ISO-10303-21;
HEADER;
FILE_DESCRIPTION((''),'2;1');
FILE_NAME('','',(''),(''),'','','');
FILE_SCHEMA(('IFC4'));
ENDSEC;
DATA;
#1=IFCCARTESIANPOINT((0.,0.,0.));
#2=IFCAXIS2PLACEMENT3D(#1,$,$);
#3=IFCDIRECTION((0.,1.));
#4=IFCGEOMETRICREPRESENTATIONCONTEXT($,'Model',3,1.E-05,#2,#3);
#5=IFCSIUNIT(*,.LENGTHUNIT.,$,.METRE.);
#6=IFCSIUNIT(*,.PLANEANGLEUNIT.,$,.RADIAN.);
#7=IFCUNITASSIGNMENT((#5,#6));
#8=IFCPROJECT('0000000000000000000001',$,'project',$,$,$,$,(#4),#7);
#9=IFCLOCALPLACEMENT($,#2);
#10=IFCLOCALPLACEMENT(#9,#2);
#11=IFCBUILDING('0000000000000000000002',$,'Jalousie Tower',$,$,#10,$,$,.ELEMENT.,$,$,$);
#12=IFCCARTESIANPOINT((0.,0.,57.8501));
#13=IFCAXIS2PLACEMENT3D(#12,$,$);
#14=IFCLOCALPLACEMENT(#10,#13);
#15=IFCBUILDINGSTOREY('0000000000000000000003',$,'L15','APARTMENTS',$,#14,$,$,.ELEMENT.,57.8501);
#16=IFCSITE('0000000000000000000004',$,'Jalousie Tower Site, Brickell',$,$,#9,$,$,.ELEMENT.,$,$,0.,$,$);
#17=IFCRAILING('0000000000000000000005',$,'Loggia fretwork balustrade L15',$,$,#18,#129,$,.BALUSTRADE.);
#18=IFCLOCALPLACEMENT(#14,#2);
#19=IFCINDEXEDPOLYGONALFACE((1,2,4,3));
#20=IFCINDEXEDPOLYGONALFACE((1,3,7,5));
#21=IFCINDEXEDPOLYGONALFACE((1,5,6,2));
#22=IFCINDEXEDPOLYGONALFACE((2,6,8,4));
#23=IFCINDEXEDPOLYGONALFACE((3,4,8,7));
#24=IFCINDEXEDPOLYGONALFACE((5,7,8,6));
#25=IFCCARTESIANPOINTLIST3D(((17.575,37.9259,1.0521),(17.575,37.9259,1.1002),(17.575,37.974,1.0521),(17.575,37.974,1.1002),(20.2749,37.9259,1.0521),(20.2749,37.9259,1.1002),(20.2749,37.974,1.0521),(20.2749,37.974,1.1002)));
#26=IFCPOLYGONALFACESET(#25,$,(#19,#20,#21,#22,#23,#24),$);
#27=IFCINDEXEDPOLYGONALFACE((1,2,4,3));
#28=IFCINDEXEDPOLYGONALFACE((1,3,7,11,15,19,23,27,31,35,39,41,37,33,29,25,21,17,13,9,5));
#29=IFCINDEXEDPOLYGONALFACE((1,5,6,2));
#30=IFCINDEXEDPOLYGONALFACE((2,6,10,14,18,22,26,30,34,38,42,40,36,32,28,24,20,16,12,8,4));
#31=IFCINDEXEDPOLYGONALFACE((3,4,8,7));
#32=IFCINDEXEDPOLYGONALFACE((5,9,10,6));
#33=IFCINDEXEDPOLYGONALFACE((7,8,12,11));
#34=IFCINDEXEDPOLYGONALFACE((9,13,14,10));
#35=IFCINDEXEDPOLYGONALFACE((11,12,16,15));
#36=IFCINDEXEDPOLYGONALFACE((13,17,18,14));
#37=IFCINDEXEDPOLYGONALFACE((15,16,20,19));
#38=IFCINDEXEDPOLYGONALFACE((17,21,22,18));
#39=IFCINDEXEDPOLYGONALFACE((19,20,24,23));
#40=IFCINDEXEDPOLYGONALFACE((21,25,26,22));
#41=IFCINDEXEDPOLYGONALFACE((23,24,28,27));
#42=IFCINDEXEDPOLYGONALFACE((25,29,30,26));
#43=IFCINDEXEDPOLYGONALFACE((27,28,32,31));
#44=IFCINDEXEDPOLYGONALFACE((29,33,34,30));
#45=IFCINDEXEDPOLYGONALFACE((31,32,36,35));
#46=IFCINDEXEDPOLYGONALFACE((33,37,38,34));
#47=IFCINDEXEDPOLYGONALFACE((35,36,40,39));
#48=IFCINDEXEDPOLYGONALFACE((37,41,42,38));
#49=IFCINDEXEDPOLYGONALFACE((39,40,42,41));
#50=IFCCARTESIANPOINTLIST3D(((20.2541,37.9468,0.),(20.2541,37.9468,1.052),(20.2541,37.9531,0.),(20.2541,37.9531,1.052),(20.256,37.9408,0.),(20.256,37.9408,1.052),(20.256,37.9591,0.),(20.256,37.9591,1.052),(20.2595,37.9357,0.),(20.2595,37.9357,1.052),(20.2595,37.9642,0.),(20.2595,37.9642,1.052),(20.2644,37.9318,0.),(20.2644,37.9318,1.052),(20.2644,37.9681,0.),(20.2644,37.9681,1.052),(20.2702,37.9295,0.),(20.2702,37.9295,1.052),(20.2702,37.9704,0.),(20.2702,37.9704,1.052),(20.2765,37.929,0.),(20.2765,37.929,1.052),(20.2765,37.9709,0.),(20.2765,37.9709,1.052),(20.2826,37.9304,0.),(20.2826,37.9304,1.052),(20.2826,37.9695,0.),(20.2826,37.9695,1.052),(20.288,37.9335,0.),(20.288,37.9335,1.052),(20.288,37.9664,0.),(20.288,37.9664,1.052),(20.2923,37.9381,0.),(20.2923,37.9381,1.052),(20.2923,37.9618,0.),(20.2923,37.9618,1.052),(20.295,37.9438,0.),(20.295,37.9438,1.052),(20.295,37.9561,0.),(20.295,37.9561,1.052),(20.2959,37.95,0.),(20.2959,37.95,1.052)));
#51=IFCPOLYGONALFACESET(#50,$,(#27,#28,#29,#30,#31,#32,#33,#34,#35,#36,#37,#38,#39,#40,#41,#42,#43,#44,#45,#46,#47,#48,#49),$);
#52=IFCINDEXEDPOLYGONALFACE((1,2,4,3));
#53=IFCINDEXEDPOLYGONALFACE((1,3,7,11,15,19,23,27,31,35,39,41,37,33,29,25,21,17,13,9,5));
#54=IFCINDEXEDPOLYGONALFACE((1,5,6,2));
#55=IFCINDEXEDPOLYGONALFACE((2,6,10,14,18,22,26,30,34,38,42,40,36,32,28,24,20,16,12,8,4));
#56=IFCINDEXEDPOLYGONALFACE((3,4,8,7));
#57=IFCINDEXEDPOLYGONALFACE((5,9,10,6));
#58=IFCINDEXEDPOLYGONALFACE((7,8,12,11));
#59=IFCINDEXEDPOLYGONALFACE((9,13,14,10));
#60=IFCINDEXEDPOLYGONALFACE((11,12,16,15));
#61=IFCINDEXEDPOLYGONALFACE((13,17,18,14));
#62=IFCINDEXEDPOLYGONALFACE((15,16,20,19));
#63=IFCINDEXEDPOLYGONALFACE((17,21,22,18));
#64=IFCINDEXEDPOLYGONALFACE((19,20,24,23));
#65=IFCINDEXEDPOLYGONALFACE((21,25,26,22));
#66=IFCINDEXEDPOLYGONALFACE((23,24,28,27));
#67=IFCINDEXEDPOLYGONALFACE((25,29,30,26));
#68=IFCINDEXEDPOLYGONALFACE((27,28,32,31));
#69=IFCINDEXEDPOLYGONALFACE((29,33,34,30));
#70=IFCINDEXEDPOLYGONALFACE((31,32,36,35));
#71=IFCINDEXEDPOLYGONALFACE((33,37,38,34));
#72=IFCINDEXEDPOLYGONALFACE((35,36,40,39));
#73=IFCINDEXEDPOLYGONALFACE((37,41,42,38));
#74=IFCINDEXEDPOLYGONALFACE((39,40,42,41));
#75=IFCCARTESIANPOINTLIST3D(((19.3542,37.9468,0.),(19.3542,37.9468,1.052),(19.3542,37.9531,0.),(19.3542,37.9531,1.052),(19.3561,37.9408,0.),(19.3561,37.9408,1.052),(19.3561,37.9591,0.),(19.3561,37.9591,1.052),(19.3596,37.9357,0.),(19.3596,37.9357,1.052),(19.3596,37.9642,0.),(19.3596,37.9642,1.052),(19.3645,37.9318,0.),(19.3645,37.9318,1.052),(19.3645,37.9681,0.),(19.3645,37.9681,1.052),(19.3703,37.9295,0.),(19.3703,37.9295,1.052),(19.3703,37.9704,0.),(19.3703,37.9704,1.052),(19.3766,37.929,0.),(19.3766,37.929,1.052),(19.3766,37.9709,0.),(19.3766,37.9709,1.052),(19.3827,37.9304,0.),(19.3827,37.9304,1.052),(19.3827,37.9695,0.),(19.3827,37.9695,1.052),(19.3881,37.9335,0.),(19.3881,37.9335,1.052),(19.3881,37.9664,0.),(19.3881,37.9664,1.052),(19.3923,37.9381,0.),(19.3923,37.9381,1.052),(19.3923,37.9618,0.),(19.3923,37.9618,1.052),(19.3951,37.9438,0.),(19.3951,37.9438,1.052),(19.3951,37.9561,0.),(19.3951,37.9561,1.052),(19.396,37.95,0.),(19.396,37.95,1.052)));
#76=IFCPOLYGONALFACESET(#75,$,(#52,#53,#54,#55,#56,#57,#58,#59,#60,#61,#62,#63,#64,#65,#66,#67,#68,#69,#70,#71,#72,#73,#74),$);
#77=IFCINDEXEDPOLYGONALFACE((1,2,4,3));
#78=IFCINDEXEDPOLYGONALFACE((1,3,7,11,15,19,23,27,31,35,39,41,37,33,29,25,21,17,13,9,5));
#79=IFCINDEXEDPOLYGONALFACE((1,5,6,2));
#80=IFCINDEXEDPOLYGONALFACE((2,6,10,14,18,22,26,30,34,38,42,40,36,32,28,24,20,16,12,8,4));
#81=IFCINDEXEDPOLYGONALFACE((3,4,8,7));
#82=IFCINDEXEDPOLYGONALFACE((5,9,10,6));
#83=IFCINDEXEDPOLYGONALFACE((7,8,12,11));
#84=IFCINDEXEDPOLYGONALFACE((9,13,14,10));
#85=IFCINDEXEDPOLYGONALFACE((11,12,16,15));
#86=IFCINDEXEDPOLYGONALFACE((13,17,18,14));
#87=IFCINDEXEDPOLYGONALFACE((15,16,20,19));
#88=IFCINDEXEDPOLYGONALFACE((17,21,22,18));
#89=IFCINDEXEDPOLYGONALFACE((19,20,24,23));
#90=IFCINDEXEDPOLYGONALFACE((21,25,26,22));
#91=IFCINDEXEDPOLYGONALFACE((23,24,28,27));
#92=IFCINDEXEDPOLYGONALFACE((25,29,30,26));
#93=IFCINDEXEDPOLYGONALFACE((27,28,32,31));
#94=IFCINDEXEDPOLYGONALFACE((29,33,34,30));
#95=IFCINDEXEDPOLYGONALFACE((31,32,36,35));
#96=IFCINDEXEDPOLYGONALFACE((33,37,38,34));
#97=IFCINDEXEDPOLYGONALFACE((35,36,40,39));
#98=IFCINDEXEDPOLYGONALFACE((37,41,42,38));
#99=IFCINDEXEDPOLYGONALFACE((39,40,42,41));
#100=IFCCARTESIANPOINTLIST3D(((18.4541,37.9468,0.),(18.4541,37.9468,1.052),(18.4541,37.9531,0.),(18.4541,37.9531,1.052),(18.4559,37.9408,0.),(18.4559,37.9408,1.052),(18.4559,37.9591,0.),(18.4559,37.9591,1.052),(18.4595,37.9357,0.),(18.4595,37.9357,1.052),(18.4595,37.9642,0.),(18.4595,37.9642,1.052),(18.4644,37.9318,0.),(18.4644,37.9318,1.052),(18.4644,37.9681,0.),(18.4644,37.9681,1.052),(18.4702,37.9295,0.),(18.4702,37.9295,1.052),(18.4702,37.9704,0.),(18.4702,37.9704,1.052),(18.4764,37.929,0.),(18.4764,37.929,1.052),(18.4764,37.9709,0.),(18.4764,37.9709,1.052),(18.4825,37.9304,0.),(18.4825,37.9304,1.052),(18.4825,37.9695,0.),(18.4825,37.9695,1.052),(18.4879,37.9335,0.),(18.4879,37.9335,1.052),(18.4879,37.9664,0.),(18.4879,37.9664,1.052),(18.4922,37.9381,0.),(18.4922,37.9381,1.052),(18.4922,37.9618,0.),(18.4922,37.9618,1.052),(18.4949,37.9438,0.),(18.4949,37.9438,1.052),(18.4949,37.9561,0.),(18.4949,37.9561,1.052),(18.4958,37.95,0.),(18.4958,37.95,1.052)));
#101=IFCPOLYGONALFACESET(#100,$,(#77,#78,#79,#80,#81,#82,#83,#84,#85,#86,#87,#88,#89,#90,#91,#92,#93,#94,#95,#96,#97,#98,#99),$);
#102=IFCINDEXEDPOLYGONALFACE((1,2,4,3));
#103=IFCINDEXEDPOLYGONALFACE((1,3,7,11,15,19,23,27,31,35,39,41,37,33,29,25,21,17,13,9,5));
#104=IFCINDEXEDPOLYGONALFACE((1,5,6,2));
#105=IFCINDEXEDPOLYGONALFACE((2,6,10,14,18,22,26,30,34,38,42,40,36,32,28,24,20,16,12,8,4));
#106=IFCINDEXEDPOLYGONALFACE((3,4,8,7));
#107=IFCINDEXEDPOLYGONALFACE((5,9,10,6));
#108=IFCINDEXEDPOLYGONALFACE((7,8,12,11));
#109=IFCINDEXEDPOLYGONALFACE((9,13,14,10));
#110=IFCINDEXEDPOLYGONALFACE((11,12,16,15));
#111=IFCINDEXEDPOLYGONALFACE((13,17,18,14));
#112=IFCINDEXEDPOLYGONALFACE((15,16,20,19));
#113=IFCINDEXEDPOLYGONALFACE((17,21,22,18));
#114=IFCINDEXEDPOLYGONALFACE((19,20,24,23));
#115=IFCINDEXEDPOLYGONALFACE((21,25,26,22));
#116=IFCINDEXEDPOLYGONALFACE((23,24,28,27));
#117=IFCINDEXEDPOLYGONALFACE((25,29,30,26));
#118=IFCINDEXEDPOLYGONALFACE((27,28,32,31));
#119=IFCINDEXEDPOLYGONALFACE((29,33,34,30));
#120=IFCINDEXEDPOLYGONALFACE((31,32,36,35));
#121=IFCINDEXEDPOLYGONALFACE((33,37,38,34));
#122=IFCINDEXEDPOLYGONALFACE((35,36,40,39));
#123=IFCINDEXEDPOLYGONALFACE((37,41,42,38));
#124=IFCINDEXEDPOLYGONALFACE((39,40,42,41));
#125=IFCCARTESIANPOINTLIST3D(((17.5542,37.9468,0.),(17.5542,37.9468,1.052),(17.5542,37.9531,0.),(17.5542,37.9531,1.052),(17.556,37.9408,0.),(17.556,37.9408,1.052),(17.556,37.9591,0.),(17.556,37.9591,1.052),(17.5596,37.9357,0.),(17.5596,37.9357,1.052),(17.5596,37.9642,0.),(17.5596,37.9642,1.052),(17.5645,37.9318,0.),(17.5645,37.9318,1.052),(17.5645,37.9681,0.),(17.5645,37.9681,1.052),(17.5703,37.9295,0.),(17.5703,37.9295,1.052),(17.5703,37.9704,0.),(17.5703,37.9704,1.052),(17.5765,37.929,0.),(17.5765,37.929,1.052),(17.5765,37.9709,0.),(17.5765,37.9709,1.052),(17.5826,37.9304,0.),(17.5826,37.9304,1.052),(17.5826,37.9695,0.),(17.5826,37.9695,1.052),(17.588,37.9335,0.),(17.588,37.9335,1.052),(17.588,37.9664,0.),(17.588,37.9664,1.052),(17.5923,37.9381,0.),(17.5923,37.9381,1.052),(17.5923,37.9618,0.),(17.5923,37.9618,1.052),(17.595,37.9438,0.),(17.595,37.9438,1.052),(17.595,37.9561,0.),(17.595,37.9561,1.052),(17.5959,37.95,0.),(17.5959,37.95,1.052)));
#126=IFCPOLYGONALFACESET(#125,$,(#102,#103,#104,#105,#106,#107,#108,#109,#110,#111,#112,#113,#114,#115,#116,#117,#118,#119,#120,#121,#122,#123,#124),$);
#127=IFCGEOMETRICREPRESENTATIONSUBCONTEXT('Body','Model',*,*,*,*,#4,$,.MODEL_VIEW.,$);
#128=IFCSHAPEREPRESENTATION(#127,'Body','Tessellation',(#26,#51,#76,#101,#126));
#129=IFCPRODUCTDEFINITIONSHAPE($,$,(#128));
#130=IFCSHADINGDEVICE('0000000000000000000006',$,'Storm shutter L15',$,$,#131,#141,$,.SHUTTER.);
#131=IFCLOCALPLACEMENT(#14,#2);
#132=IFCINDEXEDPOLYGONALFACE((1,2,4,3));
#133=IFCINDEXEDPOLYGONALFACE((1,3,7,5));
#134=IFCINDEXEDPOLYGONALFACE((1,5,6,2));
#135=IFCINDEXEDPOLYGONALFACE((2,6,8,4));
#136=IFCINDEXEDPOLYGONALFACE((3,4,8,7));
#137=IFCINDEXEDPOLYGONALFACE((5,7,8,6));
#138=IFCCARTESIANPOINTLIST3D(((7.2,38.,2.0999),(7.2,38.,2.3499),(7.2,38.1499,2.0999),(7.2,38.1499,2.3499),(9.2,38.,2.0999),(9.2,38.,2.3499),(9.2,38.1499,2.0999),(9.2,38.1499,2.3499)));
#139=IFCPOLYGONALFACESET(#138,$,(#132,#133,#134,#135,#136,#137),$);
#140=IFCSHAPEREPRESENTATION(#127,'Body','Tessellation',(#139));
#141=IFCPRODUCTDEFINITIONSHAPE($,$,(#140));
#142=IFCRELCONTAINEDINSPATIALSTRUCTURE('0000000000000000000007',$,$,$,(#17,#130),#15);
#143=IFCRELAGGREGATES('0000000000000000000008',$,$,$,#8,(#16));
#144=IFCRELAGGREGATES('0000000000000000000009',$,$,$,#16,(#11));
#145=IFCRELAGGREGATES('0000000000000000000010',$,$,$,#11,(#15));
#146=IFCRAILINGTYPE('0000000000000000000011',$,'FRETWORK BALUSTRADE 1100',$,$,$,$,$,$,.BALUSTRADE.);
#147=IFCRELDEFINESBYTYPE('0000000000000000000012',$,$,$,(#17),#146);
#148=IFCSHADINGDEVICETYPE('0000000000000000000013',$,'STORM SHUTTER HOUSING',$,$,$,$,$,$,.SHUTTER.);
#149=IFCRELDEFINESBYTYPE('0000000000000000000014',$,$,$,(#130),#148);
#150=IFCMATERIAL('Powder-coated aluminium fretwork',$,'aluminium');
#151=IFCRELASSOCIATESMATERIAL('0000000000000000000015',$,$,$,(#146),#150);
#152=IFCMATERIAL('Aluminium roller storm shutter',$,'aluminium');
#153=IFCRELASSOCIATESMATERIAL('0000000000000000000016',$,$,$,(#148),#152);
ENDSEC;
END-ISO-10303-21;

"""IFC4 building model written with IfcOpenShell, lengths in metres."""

from ifc_helpers import new_model, si_unit, direction, frame, origin, origin_2d, place, context, subcontext, project, spatial, rectangle, circle, extrude, material, type_object, element, save


model = new_model("IFC4")

# Units and contexts
model_context = context("Model", 3, precision=1e-05, world=origin(), true_north=direction((0.0, 1.0)))
body_context = subcontext(model_context, "Body", "Model", "MODEL_VIEW")
ifc_project = project(units=[si_unit("LENGTHUNIT", "METRE"), si_unit("PLANEANGLEUNIT", "RADIAN")], contexts=[model_context])

# Site, building, storey
site_placement = place(None, origin())
site = spatial("IfcSite", under=ifc_project, at=site_placement, Name="Jalousie Tower Site, Brickell", CompositionType="ELEMENT", RefElevation=0.0)
building_placement = place(site_placement, origin())
building = spatial("IfcBuilding", under=site, at=building_placement, Name="Jalousie Tower", CompositionType="ELEMENT")
storey_placement = place(building_placement, frame((0.0, 0.0, 57.8501)))
storey = spatial("IfcBuildingStorey", under=building, at=storey_placement, Name="L15", Description="APARTMENTS", CompositionType="ELEMENT", Elevation=57.8501)

# Railing
ifc_material_1 = material(Name="Powder-coated aluminium fretwork", Category="aluminium")
railing_type = type_object("IfcRailingType", Name="FRETWORK BALUSTRADE 1100", PredefinedType="BALUSTRADE", material=ifc_material_1)
railing_placement = place(storey_placement, frame((20.2749, 37.95, 0.0)))
element("IfcRailing", 1, at=railing_placement, inside=storey, type_object=railing_type, Name="Loggia fretwork balustrade L15", PredefinedType="BALUSTRADE", context=body_context, shape_type="SweptSolid", body=[
    extrude(rectangle(XDim=0.0481, YDim=0.0481, at=origin_2d()), frame((0.0, 0.0, 1.0762), z_axis=(-1.0, 0.0, 0.0), x_axis=(0.0, -1.0, 0.0)), (0.0, 0.0, 1.0), 2.7),
    extrude(circle(Radius=0.021, at=origin_2d()), origin(), (0.0, 0.0, 1.0), 1.052),
    extrude(circle(Radius=0.021, at=origin_2d()), frame((-0.8999, 0.0, 0.0)), (0.0, 0.0, 1.0), 1.052),
    extrude(circle(Radius=0.021, at=origin_2d()), frame((-1.8, 0.0, 0.0)), (0.0, 0.0, 1.0), 1.052),
    extrude(circle(Radius=0.021, at=origin_2d()), frame((-2.7, 0.0, 0.0)), (0.0, 0.0, 1.0), 1.052),
])

# Shading device
ifc_material_2 = material(Name="Aluminium roller storm shutter", Category="aluminium")
shading_device_type = type_object("IfcShadingDeviceType", Name="STORM SHUTTER HOUSING", PredefinedType="SHUTTER", material=ifc_material_2)
shading_device_placement = place(storey_placement, frame((8.2, 38.075, 2.0999), z_axis=(0.0, 0.0, 1.0), x_axis=(-1.0, 0.0, 0.0)))
element("IfcShadingDevice", 2, at=shading_device_placement, inside=storey, type_object=shading_device_type, Name="Storm shutter L15", PredefinedType="SHUTTER", context=body_context, shape_type="SweptSolid", body=[
    extrude(rectangle(XDim=2.0, YDim=0.1499, at=origin_2d()), origin(), (0.0, 0.0, 1.0), 0.25),
])

save(model, "model.ifc")
